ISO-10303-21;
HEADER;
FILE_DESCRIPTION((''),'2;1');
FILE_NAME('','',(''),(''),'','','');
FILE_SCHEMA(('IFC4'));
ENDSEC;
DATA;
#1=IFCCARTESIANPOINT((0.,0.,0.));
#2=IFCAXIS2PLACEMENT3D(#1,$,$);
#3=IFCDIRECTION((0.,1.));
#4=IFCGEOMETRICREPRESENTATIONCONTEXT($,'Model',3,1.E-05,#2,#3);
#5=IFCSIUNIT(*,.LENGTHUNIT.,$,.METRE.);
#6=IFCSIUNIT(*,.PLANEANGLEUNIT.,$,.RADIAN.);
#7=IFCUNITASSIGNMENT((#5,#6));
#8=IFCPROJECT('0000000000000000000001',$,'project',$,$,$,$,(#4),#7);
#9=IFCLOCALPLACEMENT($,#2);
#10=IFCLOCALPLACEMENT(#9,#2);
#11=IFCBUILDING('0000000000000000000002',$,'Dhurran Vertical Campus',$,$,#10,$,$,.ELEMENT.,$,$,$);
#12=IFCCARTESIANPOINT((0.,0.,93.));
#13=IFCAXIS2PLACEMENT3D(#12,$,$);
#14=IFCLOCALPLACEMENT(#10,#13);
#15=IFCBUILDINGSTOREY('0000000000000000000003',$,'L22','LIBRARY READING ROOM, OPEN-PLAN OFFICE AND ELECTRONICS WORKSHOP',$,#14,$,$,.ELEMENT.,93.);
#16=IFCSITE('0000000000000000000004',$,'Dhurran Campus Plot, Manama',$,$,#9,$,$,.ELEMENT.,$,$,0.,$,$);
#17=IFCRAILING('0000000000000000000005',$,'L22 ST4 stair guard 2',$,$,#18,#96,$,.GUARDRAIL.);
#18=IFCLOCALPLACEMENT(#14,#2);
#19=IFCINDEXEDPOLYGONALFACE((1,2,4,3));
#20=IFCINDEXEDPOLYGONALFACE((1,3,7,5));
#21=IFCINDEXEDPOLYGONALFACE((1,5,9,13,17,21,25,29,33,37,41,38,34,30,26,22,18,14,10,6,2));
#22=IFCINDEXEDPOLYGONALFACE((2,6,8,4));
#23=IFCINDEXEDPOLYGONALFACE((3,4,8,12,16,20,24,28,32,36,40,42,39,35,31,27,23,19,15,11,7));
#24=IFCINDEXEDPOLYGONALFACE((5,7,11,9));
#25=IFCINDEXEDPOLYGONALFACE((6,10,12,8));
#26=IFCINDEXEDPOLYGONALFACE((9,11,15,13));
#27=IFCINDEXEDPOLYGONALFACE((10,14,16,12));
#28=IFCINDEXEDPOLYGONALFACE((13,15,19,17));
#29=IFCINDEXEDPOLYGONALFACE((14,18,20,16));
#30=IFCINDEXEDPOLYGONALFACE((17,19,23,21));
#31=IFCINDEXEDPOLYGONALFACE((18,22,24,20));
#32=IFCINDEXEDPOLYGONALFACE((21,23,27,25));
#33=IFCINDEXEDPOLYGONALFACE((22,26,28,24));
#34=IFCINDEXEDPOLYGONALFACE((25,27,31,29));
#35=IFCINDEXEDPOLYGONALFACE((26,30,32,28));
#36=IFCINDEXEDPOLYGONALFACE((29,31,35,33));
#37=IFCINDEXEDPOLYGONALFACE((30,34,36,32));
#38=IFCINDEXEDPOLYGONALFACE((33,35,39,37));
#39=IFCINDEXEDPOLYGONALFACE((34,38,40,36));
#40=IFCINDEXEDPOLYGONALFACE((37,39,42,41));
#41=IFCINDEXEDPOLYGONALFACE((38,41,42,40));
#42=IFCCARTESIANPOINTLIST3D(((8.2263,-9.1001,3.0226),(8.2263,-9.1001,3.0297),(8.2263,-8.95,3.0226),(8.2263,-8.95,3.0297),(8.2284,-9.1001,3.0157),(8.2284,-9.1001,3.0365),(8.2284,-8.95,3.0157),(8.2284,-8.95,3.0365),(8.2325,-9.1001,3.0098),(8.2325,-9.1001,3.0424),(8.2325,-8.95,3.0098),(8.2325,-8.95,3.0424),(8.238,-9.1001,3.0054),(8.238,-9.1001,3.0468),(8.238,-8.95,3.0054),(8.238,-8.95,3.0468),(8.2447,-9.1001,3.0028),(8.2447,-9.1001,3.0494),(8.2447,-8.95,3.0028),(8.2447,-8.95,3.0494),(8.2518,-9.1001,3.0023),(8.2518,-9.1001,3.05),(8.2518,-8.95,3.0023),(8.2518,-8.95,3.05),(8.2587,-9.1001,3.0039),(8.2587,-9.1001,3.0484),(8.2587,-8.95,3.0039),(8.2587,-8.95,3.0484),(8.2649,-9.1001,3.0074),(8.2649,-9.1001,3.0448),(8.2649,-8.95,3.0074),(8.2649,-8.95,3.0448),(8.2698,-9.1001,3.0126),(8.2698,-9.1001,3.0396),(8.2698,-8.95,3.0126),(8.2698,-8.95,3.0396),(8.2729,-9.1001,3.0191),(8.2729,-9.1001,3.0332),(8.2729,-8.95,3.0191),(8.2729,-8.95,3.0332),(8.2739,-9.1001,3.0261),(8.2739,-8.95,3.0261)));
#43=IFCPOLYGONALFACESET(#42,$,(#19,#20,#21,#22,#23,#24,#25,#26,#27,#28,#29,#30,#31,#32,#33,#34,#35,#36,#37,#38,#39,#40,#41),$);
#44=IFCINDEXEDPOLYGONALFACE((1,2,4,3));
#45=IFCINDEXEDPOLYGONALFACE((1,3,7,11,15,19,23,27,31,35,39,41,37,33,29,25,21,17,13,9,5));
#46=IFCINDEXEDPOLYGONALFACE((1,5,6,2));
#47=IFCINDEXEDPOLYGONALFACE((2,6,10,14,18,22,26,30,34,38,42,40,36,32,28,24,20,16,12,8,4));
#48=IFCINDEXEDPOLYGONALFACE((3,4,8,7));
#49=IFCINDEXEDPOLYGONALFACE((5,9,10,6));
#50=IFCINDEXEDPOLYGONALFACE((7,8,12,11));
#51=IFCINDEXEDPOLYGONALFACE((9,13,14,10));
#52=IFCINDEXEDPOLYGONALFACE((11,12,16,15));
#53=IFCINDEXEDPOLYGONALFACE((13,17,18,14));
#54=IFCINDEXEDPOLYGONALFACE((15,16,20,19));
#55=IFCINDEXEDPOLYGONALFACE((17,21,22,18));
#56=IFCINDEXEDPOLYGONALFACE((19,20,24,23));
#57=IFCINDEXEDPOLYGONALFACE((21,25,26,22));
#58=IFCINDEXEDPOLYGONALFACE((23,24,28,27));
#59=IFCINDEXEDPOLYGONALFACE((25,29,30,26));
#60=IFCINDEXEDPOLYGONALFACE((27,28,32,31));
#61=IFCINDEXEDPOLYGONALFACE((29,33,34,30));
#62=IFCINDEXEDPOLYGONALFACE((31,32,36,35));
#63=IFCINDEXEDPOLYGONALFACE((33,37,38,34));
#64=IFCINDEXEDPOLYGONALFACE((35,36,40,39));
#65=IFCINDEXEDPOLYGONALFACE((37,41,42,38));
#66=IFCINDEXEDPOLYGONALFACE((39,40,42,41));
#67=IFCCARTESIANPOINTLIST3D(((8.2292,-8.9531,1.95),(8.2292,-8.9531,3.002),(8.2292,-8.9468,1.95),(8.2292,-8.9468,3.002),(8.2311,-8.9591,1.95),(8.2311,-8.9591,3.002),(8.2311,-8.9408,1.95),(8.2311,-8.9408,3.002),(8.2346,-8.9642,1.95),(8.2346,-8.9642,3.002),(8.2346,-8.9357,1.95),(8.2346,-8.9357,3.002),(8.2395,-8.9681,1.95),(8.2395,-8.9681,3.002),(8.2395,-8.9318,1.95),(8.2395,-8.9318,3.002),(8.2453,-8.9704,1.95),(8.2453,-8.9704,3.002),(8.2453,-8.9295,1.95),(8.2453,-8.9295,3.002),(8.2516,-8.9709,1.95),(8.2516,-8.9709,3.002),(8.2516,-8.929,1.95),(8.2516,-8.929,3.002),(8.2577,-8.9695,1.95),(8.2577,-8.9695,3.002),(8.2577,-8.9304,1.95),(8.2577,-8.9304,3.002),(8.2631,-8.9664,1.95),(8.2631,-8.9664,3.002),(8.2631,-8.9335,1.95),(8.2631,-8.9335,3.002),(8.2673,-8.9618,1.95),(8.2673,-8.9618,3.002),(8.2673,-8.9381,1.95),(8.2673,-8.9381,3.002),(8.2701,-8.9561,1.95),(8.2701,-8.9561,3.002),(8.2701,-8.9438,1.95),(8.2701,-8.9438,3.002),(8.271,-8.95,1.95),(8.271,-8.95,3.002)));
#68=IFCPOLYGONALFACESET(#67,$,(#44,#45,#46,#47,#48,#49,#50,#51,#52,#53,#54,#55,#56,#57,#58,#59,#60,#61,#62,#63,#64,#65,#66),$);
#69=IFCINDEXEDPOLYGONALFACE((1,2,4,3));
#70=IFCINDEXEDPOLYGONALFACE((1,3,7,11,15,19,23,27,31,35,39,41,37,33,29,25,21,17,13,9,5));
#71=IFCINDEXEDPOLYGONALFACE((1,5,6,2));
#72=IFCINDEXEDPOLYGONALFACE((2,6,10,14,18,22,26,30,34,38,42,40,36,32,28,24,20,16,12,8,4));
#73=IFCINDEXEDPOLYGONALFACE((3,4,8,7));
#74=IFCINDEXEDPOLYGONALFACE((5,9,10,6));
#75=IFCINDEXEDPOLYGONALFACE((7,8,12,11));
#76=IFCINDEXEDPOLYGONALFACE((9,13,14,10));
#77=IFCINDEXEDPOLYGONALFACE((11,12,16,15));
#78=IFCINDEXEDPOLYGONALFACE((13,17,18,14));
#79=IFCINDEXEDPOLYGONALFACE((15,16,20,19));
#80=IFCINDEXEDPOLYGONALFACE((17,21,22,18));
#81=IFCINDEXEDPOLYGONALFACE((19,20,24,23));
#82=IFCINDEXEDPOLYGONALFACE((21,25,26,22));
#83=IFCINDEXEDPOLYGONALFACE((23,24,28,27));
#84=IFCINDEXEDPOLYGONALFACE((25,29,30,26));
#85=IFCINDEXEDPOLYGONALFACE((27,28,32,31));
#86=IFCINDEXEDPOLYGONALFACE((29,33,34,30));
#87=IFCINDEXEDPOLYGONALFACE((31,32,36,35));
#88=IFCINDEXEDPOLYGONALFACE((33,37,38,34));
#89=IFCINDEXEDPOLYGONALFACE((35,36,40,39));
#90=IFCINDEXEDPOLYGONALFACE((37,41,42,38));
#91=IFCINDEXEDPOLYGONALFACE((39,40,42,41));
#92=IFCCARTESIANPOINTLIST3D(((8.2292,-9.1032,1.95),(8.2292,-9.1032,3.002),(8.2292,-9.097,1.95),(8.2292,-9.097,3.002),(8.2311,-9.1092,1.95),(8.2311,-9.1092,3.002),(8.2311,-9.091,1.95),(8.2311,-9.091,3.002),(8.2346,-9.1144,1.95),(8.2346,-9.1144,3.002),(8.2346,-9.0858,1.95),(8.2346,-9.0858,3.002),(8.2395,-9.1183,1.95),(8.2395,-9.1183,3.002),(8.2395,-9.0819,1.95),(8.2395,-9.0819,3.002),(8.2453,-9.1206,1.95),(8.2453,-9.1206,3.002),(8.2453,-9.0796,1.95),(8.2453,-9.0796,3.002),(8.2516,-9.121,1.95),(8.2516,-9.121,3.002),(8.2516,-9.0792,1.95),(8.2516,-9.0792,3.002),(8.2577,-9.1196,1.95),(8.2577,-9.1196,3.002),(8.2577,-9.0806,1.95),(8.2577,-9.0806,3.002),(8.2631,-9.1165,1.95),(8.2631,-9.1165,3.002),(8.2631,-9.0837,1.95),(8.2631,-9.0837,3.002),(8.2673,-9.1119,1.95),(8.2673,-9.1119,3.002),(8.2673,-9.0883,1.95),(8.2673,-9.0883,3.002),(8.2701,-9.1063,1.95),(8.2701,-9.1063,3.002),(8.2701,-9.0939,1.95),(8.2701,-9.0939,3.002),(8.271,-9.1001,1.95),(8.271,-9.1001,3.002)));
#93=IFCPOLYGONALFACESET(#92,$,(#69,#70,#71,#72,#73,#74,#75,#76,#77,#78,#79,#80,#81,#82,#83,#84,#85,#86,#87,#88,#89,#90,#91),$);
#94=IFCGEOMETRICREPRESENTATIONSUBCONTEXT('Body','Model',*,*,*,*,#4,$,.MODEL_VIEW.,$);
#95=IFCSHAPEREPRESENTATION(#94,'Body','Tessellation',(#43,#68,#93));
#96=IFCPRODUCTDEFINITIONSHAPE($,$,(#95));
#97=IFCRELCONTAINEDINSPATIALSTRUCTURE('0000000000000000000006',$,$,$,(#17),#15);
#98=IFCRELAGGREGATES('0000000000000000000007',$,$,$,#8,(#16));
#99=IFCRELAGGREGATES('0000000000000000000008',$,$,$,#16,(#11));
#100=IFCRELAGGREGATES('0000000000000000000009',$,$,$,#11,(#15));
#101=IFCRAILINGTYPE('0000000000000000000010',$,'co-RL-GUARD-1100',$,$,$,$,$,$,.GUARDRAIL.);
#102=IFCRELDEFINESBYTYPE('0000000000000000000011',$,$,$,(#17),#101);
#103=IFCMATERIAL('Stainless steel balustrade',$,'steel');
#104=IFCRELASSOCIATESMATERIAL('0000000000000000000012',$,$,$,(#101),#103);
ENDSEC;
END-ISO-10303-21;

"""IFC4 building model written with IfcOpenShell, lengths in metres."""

from ifc_helpers import new_model, si_unit, direction, frame, origin, origin_2d, place, context, subcontext, project, spatial, circle, extrude, material, type_object, element, save


model = new_model("IFC4")

# Units and contexts
model_context = context("Model", 3, precision=1e-05, world=origin(), true_north=direction((0.0, 1.0)))
body_context = subcontext(model_context, "Body", "Model", "MODEL_VIEW")
ifc_project = project(units=[si_unit("LENGTHUNIT", "METRE"), si_unit("PLANEANGLEUNIT", "RADIAN")], contexts=[model_context])

# Site, building, storey
site_placement = place(None, origin())
site = spatial("IfcSite", under=ifc_project, at=site_placement, Name="Dhurran Campus Plot, Manama", CompositionType="ELEMENT", RefElevation=0.0)
building_placement = place(site_placement, origin())
building = spatial("IfcBuilding", under=site, at=building_placement, Name="Dhurran Vertical Campus", CompositionType="ELEMENT")
storey_placement = place(building_placement, frame((0.0, 0.0, 93.0)))
storey = spatial("IfcBuildingStorey", under=building, at=storey_placement, Name="L22", Description="LIBRARY READING ROOM, OPEN-PLAN OFFICE AND ELECTRONICS WORKSHOP", CompositionType="ELEMENT", Elevation=93.0)

# Railing
ifc_material_1 = material(Name="Stainless steel balustrade", Category="steel")
railing_type_1 = type_object("IfcRailingType", Name="co-RL-GUARD-1100", PredefinedType="GUARDRAIL", material=ifc_material_1)
railing_1_placement = place(storey_placement, frame((8.25, -8.95, 1.95)))
element("IfcRailing", 1, at=railing_1_placement, inside=storey, type_object=railing_type_1, Name="L22 ST4 stair guard 2", PredefinedType="GUARDRAIL", context=body_context, shape_type="SweptSolid", body=[
    extrude(circle(Radius=0.0239, at=origin_2d()), frame((0.0, 0.0, 1.0762), z_axis=(0.0, -1.0, 0.0), x_axis=(1.0, 0.0, 0.0)), (0.0, 0.0, 1.0), 0.1501),
    extrude(circle(Radius=0.021, at=origin_2d()), origin(), (0.0, 0.0, 1.0), 1.052),
    extrude(circle(Radius=0.021, at=origin_2d()), frame((0.0, -0.1501, 0.0)), (0.0, 0.0, 1.0), 1.052),
])

save(model, "model.ifc")
